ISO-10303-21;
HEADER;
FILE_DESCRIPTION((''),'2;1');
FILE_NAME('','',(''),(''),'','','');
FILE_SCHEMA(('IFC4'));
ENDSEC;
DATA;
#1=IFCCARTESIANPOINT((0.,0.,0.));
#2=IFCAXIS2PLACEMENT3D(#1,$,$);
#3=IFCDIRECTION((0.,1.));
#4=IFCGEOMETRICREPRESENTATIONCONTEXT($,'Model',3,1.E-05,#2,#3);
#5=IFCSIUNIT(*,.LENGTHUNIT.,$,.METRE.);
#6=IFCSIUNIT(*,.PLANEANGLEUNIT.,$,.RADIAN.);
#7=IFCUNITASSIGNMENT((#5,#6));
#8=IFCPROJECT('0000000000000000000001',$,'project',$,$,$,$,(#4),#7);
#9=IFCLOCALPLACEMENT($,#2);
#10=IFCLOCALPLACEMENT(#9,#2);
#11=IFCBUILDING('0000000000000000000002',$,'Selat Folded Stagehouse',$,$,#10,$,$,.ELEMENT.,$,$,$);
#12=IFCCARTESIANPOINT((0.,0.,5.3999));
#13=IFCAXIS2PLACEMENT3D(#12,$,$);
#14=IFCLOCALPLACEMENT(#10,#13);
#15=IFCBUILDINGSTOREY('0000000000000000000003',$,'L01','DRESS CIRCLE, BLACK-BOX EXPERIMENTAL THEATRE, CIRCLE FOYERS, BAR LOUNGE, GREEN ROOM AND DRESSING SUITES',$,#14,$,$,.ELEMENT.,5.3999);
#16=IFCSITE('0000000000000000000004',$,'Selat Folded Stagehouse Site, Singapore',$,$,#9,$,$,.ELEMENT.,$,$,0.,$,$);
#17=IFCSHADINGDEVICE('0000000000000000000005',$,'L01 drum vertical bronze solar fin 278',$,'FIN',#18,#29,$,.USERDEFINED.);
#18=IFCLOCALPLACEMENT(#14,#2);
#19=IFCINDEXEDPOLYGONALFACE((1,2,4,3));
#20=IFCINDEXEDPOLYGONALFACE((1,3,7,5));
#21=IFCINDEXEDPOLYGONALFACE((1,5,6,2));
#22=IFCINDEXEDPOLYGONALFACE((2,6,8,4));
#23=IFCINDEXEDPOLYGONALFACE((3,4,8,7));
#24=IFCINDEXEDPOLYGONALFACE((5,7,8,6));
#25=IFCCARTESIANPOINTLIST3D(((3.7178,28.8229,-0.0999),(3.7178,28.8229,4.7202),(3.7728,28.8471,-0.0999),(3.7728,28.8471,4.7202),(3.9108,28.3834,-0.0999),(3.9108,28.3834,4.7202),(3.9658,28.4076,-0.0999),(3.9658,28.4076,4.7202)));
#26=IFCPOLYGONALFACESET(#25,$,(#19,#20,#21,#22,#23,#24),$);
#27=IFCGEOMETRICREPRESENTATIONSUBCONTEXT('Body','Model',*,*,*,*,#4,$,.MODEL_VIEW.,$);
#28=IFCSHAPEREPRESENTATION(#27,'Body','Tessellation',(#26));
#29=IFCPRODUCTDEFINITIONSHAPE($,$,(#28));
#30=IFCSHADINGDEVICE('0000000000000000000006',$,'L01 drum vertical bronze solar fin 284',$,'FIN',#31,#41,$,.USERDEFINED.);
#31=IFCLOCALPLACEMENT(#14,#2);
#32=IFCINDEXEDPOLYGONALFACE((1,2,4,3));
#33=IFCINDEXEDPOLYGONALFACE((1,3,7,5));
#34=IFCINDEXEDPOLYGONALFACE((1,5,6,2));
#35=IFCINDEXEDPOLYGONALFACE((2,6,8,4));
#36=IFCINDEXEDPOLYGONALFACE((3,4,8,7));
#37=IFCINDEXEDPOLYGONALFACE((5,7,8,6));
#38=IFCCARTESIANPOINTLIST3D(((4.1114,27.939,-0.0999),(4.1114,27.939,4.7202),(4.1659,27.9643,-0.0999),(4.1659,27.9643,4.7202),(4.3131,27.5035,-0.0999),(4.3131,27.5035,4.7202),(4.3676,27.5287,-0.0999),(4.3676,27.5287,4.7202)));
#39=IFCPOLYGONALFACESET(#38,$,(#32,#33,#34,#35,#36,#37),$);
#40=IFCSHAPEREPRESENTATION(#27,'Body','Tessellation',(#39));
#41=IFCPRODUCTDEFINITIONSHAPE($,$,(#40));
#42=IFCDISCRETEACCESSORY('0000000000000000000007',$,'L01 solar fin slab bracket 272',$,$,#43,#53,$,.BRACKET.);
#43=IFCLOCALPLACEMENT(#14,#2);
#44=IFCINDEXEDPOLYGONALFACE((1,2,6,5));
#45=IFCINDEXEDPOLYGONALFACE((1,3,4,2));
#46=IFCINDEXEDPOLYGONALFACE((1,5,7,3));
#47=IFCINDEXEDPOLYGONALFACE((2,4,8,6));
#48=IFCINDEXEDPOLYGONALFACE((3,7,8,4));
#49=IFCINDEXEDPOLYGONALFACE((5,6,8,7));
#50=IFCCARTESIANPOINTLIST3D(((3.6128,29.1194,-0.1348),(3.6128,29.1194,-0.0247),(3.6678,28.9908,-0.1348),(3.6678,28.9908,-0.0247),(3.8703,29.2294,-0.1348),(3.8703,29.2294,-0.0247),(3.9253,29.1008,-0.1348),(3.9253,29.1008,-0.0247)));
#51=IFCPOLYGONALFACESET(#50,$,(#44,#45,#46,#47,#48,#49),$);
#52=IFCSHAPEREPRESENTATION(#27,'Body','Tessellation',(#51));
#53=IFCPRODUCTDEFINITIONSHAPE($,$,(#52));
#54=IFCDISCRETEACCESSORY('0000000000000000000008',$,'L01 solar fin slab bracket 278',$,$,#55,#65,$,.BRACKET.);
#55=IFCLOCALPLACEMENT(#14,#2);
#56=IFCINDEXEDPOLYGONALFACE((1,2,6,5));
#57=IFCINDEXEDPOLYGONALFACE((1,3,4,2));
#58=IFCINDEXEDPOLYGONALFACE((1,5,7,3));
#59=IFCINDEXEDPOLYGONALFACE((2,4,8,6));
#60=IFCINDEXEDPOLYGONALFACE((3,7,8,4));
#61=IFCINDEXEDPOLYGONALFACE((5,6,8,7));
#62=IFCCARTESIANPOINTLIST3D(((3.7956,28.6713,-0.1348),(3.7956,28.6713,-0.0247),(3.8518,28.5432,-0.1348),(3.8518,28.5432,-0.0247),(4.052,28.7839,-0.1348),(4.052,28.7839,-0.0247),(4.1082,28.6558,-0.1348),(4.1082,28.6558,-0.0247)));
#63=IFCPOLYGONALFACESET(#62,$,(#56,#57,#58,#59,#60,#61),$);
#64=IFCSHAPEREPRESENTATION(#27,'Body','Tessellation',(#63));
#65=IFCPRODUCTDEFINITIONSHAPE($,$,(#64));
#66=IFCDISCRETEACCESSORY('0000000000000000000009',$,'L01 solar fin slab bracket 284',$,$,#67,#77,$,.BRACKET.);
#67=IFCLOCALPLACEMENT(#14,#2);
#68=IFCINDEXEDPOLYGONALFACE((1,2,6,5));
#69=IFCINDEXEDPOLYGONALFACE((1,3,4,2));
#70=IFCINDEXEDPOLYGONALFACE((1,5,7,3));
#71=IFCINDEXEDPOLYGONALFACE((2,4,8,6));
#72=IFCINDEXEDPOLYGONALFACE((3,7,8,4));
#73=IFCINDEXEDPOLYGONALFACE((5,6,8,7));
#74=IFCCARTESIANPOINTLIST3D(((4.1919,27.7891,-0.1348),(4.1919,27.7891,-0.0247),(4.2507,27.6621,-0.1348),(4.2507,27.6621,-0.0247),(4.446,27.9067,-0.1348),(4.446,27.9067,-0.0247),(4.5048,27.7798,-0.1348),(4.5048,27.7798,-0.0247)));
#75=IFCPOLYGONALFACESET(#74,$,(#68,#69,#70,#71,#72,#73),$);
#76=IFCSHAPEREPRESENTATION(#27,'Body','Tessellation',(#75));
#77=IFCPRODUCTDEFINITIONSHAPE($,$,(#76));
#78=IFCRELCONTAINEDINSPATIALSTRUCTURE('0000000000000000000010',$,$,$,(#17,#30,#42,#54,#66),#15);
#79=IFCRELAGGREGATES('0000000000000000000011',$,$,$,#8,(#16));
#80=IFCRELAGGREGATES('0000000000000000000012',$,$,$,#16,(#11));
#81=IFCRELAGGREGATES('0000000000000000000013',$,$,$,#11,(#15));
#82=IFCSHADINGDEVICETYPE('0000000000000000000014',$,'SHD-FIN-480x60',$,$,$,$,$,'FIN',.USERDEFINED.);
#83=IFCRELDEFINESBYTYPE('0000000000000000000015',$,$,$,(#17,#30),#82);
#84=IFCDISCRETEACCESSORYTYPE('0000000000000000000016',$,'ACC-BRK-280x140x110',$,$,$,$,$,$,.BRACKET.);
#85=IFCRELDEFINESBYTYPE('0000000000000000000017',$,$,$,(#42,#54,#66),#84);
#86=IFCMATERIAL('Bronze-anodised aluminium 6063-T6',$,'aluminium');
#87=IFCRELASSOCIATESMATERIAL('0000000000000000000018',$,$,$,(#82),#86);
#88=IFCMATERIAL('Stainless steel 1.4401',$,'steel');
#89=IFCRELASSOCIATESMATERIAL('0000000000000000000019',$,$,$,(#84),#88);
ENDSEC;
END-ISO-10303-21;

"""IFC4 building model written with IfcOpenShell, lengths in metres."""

from ifc_helpers import new_model, si_unit, direction, frame, origin, origin_2d, place, context, subcontext, project, spatial, rectangle, extrude, material, material_profile, profile_set, type_object, element, save


model = new_model("IFC4")

# Units and contexts
model_context = context("Model", 3, precision=1e-05, world=origin(), true_north=direction((0.0, 1.0)))
body_context = subcontext(model_context, "Body", "Model", "MODEL_VIEW")
ifc_project = project(units=[si_unit("LENGTHUNIT", "METRE"), si_unit("PLANEANGLEUNIT", "RADIAN")], contexts=[model_context])

# Site, building, storey
site_placement = place(None, origin())
site = spatial("IfcSite", under=ifc_project, at=site_placement, Name="Selat Folded Stagehouse Site, Singapore", CompositionType="ELEMENT", RefElevation=0.0)
building_placement = place(site_placement, origin())
building = spatial("IfcBuilding", under=site, at=building_placement, Name="Selat Folded Stagehouse", CompositionType="ELEMENT")
storey_placement = place(building_placement, frame((0.0, 0.0, 5.3999)))
storey = spatial("IfcBuildingStorey", under=building, at=storey_placement, Name="L01", Description="DRESS CIRCLE, BLACK-BOX EXPERIMENTAL THEATRE, CIRCLE FOYERS, BAR LOUNGE, GREEN ROOM AND DRESSING SUITES", CompositionType="ELEMENT", Elevation=5.3999)

# Shading devices
ifc_material_1 = material(Name="Bronze-anodised aluminium 6063-T6", Category="aluminium")
ifc_material_profile_1 = material_profile(ifc_material_1, rectangle(XDim=0.0601, YDim=0.48, at=origin_2d()), Name="SOLAR-FIN 480x60")
ifc_profile_set_1 = profile_set([ifc_material_profile_1], Name="Bronze-anodised aluminium 6063-T6")
shading_device_type = type_object("IfcShadingDeviceType", Name="SHD-FIN-480x60", ElementType="FIN", PredefinedType="USERDEFINED", material=ifc_profile_set_1)
for number, where, z_axis, x_axis, name in (
    (1, (3.8418, 28.6152, -0.0999), (0.0, 0.0, 1.0), (-0.915663, -0.401948, 0.0), "L01 drum vertical bronze solar fin 278"),
    (2, (4.2395, 27.7339, -0.0999), (0.0, 0.0, 1.0), (-0.907411, -0.420244, 0.0), "L01 drum vertical bronze solar fin 284"),
):
    element("IfcShadingDevice", number, at=place(storey_placement, frame(where, z_axis=z_axis, x_axis=x_axis)), inside=storey, type_object=shading_device_type, Name=name, ObjectType="FIN", PredefinedType="USERDEFINED", context=body_context, shape_type="SweptSolid", body=[
        extrude(rectangle(XDim=0.0601, YDim=0.48, at=origin_2d()), origin(), (0.0, 0.0, 1.0), 4.8201),
    ])

# Discrete accessories
ifc_material_2 = material(Name="Stainless steel 1.4401", Category="steel")
discrete_accessory_type = type_object("IfcDiscreteAccessoryType", Name="ACC-BRK-280x140x110", PredefinedType="BRACKET", material=ifc_material_2)
for number, where, z_axis, x_axis, name in (
    (3, (3.769, 29.1101, -0.1348), (0.0, 0.0, 1.0), (-0.919616, -0.392819, 0.0), "L01 solar fin slab bracket 272"),
    (4, (3.9519, 28.6636, -0.1348), (0.0, 0.0, 1.0), (-0.915663, -0.401948, 0.0), "L01 solar fin slab bracket 278"),
    (5, (4.3484, 27.7844, -0.1348), (0.0, 0.0, 1.0), (-0.907411, -0.420244, 0.0), "L01 solar fin slab bracket 284"),
):
    element("IfcDiscreteAccessory", number, at=place(storey_placement, frame(where, z_axis=z_axis, x_axis=x_axis)), inside=storey, type_object=discrete_accessory_type, Name=name, PredefinedType="BRACKET", context=body_context, shape_type="SweptSolid", body=[
        extrude(rectangle(XDim=0.28, YDim=0.1399, at=origin_2d()), origin(), (0.0, 0.0, 1.0), 0.1101),
    ])

save(model, "model.ifc")
